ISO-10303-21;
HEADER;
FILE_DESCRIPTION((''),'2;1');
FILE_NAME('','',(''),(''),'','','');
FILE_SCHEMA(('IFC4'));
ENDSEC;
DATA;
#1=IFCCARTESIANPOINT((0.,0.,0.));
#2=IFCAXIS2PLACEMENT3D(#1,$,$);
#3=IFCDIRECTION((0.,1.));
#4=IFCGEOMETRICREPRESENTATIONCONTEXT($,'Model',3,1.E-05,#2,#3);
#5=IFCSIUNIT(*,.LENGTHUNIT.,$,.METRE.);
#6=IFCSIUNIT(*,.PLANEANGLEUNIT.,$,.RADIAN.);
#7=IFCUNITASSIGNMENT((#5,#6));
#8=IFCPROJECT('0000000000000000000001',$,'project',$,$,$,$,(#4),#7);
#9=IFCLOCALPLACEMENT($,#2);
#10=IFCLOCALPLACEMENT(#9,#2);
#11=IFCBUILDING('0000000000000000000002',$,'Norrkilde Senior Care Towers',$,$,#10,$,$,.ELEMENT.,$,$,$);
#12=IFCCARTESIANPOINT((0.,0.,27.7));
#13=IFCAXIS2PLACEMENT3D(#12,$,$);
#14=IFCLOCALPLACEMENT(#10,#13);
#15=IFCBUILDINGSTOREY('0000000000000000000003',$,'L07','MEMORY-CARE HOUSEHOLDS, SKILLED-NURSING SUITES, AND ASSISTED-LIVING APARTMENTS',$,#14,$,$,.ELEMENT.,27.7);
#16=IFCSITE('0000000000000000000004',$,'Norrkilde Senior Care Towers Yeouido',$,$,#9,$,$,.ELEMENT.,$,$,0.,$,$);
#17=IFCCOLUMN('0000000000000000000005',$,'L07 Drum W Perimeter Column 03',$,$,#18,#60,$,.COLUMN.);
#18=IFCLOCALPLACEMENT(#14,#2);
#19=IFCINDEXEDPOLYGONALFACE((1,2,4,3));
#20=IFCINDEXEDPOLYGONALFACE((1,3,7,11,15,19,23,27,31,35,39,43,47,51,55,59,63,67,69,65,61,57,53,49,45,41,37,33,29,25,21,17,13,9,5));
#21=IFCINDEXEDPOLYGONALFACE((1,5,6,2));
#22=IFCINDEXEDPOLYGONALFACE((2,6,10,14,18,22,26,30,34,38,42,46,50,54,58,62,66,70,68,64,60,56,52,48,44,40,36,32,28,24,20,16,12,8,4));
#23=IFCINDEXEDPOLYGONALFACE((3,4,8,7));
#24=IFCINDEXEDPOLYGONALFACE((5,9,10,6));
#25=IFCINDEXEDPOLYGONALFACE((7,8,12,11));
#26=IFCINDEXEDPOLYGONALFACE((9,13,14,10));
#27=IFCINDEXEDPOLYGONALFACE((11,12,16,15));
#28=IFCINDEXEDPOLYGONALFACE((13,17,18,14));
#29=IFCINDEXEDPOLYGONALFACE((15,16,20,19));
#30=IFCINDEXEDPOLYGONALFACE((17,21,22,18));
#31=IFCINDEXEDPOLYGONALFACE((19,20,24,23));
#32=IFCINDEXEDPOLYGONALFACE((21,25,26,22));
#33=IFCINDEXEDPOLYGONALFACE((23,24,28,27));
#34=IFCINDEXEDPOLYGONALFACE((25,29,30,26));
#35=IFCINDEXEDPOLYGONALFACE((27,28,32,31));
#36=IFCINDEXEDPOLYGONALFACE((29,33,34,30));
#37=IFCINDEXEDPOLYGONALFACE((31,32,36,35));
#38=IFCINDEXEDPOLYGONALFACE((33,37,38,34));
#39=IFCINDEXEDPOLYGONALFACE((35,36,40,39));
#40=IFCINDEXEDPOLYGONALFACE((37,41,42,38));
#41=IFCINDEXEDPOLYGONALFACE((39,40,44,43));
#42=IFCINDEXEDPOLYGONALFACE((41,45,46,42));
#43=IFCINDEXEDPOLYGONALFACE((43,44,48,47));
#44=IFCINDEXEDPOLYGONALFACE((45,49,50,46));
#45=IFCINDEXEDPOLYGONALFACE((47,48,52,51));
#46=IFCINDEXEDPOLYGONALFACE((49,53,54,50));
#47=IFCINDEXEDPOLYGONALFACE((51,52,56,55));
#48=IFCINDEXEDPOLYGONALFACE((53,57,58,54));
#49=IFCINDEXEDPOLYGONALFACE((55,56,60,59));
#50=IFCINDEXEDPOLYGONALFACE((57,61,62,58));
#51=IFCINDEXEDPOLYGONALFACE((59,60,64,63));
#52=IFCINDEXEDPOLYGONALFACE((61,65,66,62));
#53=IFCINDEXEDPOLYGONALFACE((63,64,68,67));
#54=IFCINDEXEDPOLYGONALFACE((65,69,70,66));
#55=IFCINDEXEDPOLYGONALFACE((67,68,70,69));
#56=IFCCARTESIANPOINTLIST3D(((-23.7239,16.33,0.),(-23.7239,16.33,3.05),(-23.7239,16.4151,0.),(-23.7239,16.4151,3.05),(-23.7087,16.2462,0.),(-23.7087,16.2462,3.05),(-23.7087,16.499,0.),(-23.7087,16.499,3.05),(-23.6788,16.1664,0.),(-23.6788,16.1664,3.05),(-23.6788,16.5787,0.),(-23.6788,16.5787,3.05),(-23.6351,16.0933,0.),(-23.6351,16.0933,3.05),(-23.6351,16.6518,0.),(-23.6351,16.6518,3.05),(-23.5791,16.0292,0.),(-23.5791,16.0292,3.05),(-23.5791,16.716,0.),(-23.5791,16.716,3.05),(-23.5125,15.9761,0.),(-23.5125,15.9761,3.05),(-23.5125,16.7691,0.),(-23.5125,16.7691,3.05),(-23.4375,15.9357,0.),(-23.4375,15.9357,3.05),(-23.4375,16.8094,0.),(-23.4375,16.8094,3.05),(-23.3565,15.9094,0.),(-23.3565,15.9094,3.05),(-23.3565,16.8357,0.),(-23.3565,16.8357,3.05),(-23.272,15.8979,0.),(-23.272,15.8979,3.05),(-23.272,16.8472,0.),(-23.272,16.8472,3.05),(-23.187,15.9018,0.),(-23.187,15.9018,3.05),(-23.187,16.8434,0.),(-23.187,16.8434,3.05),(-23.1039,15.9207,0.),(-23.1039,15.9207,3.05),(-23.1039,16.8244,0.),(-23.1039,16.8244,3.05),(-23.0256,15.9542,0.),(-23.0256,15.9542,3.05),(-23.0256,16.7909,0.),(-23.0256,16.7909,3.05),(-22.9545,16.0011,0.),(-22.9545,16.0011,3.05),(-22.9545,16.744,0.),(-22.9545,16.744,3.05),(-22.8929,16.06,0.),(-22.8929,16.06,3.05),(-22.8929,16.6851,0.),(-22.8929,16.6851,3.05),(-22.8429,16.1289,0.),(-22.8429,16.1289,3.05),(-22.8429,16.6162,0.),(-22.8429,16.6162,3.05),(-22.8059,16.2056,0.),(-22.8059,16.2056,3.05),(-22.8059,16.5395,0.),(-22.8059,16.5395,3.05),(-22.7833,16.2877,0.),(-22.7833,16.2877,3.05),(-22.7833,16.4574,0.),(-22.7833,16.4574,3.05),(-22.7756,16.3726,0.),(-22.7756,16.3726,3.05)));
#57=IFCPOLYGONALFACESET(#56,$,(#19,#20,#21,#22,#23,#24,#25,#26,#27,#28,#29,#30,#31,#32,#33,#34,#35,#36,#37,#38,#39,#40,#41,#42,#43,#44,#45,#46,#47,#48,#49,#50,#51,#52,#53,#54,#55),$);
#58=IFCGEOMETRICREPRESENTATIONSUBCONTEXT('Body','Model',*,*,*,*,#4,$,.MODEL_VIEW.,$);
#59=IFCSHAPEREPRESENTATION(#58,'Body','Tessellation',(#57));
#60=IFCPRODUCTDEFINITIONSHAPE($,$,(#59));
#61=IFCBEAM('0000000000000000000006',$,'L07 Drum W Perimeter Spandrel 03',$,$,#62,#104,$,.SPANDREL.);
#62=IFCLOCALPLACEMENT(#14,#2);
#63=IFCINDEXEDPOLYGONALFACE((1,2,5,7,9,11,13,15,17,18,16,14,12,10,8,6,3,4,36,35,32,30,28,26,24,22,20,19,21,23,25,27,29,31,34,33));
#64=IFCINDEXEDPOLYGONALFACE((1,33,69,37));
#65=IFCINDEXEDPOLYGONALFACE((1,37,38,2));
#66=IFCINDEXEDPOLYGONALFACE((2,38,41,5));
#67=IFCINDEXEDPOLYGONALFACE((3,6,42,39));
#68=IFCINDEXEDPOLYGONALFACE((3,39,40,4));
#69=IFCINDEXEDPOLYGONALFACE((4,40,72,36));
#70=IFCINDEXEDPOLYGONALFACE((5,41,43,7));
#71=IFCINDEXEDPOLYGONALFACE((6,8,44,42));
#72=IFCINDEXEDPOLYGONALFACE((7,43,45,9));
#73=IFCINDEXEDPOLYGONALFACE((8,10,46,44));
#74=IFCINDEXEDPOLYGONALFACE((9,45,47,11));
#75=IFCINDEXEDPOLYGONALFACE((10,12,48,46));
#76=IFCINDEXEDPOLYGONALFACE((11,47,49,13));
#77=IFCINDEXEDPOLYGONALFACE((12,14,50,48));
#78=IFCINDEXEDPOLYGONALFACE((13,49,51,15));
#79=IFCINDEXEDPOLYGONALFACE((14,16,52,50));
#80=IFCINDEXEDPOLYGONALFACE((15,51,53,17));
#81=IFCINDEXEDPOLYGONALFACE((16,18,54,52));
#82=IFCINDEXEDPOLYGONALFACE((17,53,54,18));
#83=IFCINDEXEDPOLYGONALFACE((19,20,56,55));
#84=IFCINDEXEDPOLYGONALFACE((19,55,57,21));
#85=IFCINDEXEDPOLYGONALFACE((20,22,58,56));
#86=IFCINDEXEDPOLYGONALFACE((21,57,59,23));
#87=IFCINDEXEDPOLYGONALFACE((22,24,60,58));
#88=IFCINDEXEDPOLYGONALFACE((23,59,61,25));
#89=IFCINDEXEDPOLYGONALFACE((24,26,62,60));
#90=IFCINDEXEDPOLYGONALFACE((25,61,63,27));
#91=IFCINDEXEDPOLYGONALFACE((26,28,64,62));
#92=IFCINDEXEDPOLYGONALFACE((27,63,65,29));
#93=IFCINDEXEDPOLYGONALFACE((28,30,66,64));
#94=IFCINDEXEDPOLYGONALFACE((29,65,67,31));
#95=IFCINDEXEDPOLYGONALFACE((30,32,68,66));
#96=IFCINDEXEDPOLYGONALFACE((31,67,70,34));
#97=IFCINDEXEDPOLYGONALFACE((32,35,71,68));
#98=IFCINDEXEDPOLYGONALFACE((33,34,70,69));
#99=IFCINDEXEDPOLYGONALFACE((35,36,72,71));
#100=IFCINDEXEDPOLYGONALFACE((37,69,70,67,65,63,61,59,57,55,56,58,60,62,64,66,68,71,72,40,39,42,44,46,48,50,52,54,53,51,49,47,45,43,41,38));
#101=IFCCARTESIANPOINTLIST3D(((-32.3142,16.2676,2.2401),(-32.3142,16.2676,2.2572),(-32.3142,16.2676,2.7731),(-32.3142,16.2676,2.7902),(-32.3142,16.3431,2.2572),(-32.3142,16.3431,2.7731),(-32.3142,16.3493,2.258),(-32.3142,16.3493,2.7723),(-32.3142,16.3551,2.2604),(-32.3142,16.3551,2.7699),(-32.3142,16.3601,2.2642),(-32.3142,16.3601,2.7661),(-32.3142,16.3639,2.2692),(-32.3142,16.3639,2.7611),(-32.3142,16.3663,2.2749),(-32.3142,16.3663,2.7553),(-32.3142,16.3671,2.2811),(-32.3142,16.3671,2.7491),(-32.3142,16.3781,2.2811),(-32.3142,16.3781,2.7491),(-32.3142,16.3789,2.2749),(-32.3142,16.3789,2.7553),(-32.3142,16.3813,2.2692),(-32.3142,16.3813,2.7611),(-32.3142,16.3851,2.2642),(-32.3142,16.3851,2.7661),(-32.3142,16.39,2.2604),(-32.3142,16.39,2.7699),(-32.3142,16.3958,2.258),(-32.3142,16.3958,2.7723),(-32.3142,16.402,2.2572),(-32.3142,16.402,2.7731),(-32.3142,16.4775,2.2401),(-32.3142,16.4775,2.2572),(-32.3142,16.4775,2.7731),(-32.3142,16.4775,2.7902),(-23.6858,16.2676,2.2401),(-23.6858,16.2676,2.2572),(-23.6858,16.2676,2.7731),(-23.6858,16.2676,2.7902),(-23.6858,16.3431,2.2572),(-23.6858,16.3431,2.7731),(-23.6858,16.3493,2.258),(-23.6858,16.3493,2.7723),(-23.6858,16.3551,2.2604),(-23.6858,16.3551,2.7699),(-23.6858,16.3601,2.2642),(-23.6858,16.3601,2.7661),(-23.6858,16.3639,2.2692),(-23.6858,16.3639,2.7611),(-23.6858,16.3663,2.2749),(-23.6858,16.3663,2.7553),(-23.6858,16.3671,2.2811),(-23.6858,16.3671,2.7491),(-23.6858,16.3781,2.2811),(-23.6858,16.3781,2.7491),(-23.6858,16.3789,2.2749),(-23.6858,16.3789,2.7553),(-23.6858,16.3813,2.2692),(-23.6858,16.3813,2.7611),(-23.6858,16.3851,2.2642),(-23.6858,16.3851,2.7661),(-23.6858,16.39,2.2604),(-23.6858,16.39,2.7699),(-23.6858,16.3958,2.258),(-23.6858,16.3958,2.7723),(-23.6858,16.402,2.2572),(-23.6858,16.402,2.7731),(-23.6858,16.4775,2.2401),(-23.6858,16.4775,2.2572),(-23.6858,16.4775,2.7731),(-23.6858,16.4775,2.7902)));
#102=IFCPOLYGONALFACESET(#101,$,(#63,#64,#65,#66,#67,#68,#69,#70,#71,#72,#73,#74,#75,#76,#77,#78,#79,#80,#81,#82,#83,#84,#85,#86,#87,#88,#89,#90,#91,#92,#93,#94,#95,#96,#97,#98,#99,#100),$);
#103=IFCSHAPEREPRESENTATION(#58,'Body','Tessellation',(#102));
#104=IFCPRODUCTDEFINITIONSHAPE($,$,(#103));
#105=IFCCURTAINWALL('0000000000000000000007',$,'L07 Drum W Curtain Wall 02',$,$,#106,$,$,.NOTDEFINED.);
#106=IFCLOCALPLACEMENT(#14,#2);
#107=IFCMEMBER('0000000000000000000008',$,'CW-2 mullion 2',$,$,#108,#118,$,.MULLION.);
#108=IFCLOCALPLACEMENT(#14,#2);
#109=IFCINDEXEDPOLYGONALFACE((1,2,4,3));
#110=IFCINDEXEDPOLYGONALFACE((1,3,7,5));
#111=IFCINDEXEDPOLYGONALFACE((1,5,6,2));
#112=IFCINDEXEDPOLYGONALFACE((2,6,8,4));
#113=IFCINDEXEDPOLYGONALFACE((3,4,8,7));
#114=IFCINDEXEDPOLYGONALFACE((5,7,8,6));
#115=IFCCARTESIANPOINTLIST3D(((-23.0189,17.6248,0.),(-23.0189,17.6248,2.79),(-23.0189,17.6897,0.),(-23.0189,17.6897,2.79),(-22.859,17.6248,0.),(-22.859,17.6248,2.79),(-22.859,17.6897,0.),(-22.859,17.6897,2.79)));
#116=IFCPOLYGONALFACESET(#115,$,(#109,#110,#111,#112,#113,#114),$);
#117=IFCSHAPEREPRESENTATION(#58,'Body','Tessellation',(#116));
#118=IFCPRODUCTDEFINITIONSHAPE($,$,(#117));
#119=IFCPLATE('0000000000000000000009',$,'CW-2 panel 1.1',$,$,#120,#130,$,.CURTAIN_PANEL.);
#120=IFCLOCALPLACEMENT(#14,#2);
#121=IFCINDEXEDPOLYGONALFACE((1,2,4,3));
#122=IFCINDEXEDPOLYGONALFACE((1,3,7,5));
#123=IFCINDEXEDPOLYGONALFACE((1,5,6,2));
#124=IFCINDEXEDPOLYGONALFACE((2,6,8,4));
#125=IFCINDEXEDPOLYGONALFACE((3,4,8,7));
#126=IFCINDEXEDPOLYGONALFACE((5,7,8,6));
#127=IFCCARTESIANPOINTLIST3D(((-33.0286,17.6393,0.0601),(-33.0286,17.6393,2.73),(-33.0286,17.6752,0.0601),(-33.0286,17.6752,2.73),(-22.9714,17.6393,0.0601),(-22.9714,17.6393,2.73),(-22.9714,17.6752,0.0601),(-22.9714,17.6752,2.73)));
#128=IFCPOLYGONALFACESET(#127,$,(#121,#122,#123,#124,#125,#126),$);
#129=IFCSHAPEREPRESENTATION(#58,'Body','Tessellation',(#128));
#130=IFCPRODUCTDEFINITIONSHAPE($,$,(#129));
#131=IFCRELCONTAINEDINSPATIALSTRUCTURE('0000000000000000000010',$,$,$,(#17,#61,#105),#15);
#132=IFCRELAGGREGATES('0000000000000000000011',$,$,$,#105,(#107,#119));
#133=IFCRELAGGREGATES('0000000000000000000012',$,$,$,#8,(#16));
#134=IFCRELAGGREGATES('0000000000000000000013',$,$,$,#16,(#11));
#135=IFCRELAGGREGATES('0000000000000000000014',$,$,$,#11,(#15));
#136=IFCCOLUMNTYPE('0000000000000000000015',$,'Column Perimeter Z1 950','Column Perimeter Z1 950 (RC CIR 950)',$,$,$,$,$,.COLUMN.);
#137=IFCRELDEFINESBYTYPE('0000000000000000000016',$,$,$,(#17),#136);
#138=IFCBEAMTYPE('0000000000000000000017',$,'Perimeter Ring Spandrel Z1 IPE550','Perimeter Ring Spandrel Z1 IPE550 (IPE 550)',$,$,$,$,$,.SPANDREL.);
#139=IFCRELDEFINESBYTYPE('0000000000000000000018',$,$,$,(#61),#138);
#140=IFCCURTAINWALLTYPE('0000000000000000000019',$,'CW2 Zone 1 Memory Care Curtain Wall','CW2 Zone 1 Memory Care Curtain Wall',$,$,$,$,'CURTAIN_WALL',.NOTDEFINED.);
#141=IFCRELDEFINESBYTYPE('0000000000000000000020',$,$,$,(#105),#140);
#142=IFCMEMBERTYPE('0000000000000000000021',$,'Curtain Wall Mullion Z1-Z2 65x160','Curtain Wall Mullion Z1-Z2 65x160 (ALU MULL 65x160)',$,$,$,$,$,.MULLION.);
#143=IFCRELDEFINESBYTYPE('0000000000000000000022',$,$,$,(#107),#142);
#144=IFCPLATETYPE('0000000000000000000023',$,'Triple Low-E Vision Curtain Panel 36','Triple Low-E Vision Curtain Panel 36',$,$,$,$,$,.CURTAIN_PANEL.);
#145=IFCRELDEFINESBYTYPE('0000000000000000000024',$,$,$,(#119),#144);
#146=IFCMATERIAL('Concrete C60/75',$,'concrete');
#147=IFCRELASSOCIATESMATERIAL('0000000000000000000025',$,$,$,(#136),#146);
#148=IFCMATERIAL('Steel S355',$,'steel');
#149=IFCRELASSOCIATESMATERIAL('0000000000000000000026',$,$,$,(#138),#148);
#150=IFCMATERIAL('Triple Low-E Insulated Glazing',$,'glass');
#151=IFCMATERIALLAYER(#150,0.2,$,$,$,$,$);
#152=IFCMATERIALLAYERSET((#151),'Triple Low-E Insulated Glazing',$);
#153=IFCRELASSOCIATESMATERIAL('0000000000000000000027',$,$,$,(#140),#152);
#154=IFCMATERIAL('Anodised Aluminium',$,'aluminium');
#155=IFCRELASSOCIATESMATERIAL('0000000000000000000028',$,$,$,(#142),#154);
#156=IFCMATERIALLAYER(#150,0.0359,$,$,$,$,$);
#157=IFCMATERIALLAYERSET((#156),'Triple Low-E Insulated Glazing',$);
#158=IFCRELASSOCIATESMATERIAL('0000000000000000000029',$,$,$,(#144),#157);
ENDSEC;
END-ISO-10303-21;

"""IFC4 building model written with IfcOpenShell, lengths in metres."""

from ifc_helpers import new_model, si_unit, direction, frame, origin, origin_2d, place, context, subcontext, project, spatial, rectangle, circle, i_section, extrude, source, transform, mapped, material, layer, layer_set, material_profile, profile_set, type_object, type_shapes, element, aggregate, save


model = new_model("IFC4")

# Units and contexts
model_context = context("Model", 3, precision=1e-05, world=origin(), true_north=direction((0.0, 1.0)))
body_context = subcontext(model_context, "Body", "Model", "MODEL_VIEW")
ifc_project = project(units=[si_unit("LENGTHUNIT", "METRE"), si_unit("PLANEANGLEUNIT", "RADIAN")], contexts=[model_context])

# Site, building, storey
site_placement = place(None, origin())
site = spatial("IfcSite", under=ifc_project, at=site_placement, Name="Norrkilde Senior Care Towers Yeouido", CompositionType="ELEMENT", RefElevation=0.0)
building_placement = place(site_placement, origin())
building = spatial("IfcBuilding", under=site, at=building_placement, Name="Norrkilde Senior Care Towers", CompositionType="ELEMENT")
storey_placement = place(building_placement, frame((0.0, 0.0, 27.7)))
storey = spatial("IfcBuildingStorey", under=building, at=storey_placement, Name="L07", Description="MEMORY-CARE HOUSEHOLDS, SKILLED-NURSING SUITES, AND ASSISTED-LIVING APARTMENTS", CompositionType="ELEMENT", Elevation=27.7)

# Column
ifc_material_1 = material(Name="Concrete C60/75", Category="concrete")
ifc_material_profile_1 = material_profile(ifc_material_1, circle(Radius=0.4751, at=origin_2d()), Name="RC CIR 950")
ifc_profile_set_1 = profile_set([ifc_material_profile_1], Name="Concrete C60/75")
column_type = type_object("IfcColumnType", Name="Column Perimeter Z1 950", Description="Column Perimeter Z1 950 (RC CIR 950)", PredefinedType="COLUMN", material=ifc_profile_set_1)
shared_shape_1 = source(origin(), body_context, "Body", "SweptSolid", [
    extrude(circle(Radius=0.4751, at=origin_2d()), origin(), (0.0, 0.0, 1.0), 3.05),
])
type_shapes(column_type, [shared_shape_1])
column_placement = place(storey_placement, frame((-23.2507, 16.3726, 0.0), z_axis=(0.0, 0.0, 1.0), x_axis=(1.0, 0.0, 0.0)))
element("IfcColumn", 1, at=column_placement, inside=storey, type_object=column_type, Name="L07 Drum W Perimeter Column 03", PredefinedType="COLUMN", context=body_context, shape_type="MappedRepresentation", body=[
    mapped(shared_shape_1, transform((0.0, 0.0, 0.0), x_axis=(1.0, 0.0, 0.0), y_axis=(0.0, 1.0, 0.0), z_axis=(0.0, 0.0, 1.0), scale=1.0)),
])

# Beam
ifc_material_2 = material(Name="Steel S355", Category="steel")
ifc_material_profile_2 = material_profile(ifc_material_2, i_section(OverallWidth=0.21, OverallDepth=0.55, WebThickness=0.011, FlangeThickness=0.0171, FilletRadius=0.0239, at=origin_2d()), Name="IPE 550")
ifc_profile_set_2 = profile_set([ifc_material_profile_2], Name="Steel S355")
beam_type = type_object("IfcBeamType", Name="Perimeter Ring Spandrel Z1 IPE550", Description="Perimeter Ring Spandrel Z1 IPE550 (IPE 550)", PredefinedType="SPANDREL", material=ifc_profile_set_2)
shared_shape_2 = source(origin(), body_context, "Body", "SweptSolid", [
    extrude(i_section(OverallWidth=0.21, OverallDepth=0.55, WebThickness=0.011, FlangeThickness=0.0171, FilletRadius=0.0239, at=origin_2d()), origin(), (0.0, 0.0, 1.0), 8.6284),
])
type_shapes(beam_type, [shared_shape_2])
beam_placement = place(storey_placement, frame((-23.6858, 16.3726, 2.5151), z_axis=(-1.0, 0.0, 0.0), x_axis=(0.0, -1.0, 0.0)))
element("IfcBeam", 2, at=beam_placement, inside=storey, type_object=beam_type, Name="L07 Drum W Perimeter Spandrel 03", PredefinedType="SPANDREL", context=body_context, shape_type="MappedRepresentation", body=[
    mapped(shared_shape_2, transform((0.0, 0.0, 0.0), x_axis=(1.0, 0.0, 0.0), y_axis=(0.0, 1.0, 0.0), z_axis=(0.0, 0.0, 1.0), scale=1.0)),
])

# Curtain wall, member, plate
ifc_material_3 = material(Name="Triple Low-E Insulated Glazing", Category="glass")
ifc_layer_1 = layer(ifc_material_3, 0.2)
ifc_layer_set_1 = layer_set([ifc_layer_1], Name="Triple Low-E Insulated Glazing")
curtain_wall_type = type_object("IfcCurtainWallType", Name="CW2 Zone 1 Memory Care Curtain Wall", Description="CW2 Zone 1 Memory Care Curtain Wall", ElementType="CURTAIN_WALL", PredefinedType="NOTDEFINED", material=ifc_layer_set_1)
curtain_wall_placement = place(storey_placement, origin())
curtain_wall = element("IfcCurtainWall", 3, at=curtain_wall_placement, inside=storey, type_object=curtain_wall_type, Name="L07 Drum W Curtain Wall 02", PredefinedType="NOTDEFINED")
ifc_material_4 = material(Name="Anodised Aluminium", Category="aluminium")
ifc_material_profile_3 = material_profile(ifc_material_4, rectangle(XDim=0.0649, YDim=0.1599, at=origin_2d()), Name="ALU MULL 65x160")
ifc_profile_set_3 = profile_set([ifc_material_profile_3], Name="Anodised Aluminium")
member_type = type_object("IfcMemberType", Name="Curtain Wall Mullion Z1-Z2 65x160", Description="Curtain Wall Mullion Z1-Z2 65x160 (ALU MULL 65x160)", PredefinedType="MULLION", material=ifc_profile_set_3)
shared_shape_3 = source(origin(), body_context, "Body", "SweptSolid", [
    extrude(rectangle(XDim=0.0649, YDim=0.1599, at=origin_2d()), origin(), (0.0, 0.0, 1.0), 2.79),
])
type_shapes(member_type, [shared_shape_3])
member_placement = place(storey_placement, frame((-22.939, 17.6572, 0.0), z_axis=(0.0, 0.0, 1.0), x_axis=(0.0, 1.0, 0.0)))
member = element("IfcMember", 4, at=member_placement, type_object=member_type, Name="CW-2 mullion 2", PredefinedType="MULLION", context=body_context, shape_type="MappedRepresentation", body=[
    mapped(shared_shape_3, transform((0.0, 0.0, 0.0), x_axis=(1.0, 0.0, 0.0), y_axis=(0.0, 1.0, 0.0), z_axis=(0.0, 0.0, 1.0), scale=1.0)),
])
ifc_layer_2 = layer(ifc_material_3, 0.0359)
ifc_layer_set_2 = layer_set([ifc_layer_2], Name="Triple Low-E Insulated Glazing")
plate_type = type_object("IfcPlateType", Name="Triple Low-E Vision Curtain Panel 36", Description="Triple Low-E Vision Curtain Panel 36", PredefinedType="CURTAIN_PANEL", material=ifc_layer_set_2)
shared_shape_4 = source(origin(), body_context, "Body", "SweptSolid", [
    extrude(rectangle(XDim=10.0571, YDim=0.0359, at=origin_2d()), origin(), (0.0, 0.0, 1.0), 2.6699),
])
type_shapes(plate_type, [shared_shape_4])
plate_placement = place(storey_placement, frame((-28.0, 17.6572, 0.0601), z_axis=(0.0, 0.0, 1.0), x_axis=(1.0, 0.0, 0.0)))
plate = element("IfcPlate", 5, at=plate_placement, type_object=plate_type, Name="CW-2 panel 1.1", PredefinedType="CURTAIN_PANEL", context=body_context, shape_type="MappedRepresentation", body=[
    mapped(shared_shape_4, transform((0.0, 0.0, 0.0), x_axis=(1.0, 0.0, 0.0), y_axis=(0.0, 1.0, 0.0), z_axis=(0.0, 0.0, 1.0), scale=1.0)),
])
aggregate(curtain_wall, [member, plate])

save(model, "model.ifc")
